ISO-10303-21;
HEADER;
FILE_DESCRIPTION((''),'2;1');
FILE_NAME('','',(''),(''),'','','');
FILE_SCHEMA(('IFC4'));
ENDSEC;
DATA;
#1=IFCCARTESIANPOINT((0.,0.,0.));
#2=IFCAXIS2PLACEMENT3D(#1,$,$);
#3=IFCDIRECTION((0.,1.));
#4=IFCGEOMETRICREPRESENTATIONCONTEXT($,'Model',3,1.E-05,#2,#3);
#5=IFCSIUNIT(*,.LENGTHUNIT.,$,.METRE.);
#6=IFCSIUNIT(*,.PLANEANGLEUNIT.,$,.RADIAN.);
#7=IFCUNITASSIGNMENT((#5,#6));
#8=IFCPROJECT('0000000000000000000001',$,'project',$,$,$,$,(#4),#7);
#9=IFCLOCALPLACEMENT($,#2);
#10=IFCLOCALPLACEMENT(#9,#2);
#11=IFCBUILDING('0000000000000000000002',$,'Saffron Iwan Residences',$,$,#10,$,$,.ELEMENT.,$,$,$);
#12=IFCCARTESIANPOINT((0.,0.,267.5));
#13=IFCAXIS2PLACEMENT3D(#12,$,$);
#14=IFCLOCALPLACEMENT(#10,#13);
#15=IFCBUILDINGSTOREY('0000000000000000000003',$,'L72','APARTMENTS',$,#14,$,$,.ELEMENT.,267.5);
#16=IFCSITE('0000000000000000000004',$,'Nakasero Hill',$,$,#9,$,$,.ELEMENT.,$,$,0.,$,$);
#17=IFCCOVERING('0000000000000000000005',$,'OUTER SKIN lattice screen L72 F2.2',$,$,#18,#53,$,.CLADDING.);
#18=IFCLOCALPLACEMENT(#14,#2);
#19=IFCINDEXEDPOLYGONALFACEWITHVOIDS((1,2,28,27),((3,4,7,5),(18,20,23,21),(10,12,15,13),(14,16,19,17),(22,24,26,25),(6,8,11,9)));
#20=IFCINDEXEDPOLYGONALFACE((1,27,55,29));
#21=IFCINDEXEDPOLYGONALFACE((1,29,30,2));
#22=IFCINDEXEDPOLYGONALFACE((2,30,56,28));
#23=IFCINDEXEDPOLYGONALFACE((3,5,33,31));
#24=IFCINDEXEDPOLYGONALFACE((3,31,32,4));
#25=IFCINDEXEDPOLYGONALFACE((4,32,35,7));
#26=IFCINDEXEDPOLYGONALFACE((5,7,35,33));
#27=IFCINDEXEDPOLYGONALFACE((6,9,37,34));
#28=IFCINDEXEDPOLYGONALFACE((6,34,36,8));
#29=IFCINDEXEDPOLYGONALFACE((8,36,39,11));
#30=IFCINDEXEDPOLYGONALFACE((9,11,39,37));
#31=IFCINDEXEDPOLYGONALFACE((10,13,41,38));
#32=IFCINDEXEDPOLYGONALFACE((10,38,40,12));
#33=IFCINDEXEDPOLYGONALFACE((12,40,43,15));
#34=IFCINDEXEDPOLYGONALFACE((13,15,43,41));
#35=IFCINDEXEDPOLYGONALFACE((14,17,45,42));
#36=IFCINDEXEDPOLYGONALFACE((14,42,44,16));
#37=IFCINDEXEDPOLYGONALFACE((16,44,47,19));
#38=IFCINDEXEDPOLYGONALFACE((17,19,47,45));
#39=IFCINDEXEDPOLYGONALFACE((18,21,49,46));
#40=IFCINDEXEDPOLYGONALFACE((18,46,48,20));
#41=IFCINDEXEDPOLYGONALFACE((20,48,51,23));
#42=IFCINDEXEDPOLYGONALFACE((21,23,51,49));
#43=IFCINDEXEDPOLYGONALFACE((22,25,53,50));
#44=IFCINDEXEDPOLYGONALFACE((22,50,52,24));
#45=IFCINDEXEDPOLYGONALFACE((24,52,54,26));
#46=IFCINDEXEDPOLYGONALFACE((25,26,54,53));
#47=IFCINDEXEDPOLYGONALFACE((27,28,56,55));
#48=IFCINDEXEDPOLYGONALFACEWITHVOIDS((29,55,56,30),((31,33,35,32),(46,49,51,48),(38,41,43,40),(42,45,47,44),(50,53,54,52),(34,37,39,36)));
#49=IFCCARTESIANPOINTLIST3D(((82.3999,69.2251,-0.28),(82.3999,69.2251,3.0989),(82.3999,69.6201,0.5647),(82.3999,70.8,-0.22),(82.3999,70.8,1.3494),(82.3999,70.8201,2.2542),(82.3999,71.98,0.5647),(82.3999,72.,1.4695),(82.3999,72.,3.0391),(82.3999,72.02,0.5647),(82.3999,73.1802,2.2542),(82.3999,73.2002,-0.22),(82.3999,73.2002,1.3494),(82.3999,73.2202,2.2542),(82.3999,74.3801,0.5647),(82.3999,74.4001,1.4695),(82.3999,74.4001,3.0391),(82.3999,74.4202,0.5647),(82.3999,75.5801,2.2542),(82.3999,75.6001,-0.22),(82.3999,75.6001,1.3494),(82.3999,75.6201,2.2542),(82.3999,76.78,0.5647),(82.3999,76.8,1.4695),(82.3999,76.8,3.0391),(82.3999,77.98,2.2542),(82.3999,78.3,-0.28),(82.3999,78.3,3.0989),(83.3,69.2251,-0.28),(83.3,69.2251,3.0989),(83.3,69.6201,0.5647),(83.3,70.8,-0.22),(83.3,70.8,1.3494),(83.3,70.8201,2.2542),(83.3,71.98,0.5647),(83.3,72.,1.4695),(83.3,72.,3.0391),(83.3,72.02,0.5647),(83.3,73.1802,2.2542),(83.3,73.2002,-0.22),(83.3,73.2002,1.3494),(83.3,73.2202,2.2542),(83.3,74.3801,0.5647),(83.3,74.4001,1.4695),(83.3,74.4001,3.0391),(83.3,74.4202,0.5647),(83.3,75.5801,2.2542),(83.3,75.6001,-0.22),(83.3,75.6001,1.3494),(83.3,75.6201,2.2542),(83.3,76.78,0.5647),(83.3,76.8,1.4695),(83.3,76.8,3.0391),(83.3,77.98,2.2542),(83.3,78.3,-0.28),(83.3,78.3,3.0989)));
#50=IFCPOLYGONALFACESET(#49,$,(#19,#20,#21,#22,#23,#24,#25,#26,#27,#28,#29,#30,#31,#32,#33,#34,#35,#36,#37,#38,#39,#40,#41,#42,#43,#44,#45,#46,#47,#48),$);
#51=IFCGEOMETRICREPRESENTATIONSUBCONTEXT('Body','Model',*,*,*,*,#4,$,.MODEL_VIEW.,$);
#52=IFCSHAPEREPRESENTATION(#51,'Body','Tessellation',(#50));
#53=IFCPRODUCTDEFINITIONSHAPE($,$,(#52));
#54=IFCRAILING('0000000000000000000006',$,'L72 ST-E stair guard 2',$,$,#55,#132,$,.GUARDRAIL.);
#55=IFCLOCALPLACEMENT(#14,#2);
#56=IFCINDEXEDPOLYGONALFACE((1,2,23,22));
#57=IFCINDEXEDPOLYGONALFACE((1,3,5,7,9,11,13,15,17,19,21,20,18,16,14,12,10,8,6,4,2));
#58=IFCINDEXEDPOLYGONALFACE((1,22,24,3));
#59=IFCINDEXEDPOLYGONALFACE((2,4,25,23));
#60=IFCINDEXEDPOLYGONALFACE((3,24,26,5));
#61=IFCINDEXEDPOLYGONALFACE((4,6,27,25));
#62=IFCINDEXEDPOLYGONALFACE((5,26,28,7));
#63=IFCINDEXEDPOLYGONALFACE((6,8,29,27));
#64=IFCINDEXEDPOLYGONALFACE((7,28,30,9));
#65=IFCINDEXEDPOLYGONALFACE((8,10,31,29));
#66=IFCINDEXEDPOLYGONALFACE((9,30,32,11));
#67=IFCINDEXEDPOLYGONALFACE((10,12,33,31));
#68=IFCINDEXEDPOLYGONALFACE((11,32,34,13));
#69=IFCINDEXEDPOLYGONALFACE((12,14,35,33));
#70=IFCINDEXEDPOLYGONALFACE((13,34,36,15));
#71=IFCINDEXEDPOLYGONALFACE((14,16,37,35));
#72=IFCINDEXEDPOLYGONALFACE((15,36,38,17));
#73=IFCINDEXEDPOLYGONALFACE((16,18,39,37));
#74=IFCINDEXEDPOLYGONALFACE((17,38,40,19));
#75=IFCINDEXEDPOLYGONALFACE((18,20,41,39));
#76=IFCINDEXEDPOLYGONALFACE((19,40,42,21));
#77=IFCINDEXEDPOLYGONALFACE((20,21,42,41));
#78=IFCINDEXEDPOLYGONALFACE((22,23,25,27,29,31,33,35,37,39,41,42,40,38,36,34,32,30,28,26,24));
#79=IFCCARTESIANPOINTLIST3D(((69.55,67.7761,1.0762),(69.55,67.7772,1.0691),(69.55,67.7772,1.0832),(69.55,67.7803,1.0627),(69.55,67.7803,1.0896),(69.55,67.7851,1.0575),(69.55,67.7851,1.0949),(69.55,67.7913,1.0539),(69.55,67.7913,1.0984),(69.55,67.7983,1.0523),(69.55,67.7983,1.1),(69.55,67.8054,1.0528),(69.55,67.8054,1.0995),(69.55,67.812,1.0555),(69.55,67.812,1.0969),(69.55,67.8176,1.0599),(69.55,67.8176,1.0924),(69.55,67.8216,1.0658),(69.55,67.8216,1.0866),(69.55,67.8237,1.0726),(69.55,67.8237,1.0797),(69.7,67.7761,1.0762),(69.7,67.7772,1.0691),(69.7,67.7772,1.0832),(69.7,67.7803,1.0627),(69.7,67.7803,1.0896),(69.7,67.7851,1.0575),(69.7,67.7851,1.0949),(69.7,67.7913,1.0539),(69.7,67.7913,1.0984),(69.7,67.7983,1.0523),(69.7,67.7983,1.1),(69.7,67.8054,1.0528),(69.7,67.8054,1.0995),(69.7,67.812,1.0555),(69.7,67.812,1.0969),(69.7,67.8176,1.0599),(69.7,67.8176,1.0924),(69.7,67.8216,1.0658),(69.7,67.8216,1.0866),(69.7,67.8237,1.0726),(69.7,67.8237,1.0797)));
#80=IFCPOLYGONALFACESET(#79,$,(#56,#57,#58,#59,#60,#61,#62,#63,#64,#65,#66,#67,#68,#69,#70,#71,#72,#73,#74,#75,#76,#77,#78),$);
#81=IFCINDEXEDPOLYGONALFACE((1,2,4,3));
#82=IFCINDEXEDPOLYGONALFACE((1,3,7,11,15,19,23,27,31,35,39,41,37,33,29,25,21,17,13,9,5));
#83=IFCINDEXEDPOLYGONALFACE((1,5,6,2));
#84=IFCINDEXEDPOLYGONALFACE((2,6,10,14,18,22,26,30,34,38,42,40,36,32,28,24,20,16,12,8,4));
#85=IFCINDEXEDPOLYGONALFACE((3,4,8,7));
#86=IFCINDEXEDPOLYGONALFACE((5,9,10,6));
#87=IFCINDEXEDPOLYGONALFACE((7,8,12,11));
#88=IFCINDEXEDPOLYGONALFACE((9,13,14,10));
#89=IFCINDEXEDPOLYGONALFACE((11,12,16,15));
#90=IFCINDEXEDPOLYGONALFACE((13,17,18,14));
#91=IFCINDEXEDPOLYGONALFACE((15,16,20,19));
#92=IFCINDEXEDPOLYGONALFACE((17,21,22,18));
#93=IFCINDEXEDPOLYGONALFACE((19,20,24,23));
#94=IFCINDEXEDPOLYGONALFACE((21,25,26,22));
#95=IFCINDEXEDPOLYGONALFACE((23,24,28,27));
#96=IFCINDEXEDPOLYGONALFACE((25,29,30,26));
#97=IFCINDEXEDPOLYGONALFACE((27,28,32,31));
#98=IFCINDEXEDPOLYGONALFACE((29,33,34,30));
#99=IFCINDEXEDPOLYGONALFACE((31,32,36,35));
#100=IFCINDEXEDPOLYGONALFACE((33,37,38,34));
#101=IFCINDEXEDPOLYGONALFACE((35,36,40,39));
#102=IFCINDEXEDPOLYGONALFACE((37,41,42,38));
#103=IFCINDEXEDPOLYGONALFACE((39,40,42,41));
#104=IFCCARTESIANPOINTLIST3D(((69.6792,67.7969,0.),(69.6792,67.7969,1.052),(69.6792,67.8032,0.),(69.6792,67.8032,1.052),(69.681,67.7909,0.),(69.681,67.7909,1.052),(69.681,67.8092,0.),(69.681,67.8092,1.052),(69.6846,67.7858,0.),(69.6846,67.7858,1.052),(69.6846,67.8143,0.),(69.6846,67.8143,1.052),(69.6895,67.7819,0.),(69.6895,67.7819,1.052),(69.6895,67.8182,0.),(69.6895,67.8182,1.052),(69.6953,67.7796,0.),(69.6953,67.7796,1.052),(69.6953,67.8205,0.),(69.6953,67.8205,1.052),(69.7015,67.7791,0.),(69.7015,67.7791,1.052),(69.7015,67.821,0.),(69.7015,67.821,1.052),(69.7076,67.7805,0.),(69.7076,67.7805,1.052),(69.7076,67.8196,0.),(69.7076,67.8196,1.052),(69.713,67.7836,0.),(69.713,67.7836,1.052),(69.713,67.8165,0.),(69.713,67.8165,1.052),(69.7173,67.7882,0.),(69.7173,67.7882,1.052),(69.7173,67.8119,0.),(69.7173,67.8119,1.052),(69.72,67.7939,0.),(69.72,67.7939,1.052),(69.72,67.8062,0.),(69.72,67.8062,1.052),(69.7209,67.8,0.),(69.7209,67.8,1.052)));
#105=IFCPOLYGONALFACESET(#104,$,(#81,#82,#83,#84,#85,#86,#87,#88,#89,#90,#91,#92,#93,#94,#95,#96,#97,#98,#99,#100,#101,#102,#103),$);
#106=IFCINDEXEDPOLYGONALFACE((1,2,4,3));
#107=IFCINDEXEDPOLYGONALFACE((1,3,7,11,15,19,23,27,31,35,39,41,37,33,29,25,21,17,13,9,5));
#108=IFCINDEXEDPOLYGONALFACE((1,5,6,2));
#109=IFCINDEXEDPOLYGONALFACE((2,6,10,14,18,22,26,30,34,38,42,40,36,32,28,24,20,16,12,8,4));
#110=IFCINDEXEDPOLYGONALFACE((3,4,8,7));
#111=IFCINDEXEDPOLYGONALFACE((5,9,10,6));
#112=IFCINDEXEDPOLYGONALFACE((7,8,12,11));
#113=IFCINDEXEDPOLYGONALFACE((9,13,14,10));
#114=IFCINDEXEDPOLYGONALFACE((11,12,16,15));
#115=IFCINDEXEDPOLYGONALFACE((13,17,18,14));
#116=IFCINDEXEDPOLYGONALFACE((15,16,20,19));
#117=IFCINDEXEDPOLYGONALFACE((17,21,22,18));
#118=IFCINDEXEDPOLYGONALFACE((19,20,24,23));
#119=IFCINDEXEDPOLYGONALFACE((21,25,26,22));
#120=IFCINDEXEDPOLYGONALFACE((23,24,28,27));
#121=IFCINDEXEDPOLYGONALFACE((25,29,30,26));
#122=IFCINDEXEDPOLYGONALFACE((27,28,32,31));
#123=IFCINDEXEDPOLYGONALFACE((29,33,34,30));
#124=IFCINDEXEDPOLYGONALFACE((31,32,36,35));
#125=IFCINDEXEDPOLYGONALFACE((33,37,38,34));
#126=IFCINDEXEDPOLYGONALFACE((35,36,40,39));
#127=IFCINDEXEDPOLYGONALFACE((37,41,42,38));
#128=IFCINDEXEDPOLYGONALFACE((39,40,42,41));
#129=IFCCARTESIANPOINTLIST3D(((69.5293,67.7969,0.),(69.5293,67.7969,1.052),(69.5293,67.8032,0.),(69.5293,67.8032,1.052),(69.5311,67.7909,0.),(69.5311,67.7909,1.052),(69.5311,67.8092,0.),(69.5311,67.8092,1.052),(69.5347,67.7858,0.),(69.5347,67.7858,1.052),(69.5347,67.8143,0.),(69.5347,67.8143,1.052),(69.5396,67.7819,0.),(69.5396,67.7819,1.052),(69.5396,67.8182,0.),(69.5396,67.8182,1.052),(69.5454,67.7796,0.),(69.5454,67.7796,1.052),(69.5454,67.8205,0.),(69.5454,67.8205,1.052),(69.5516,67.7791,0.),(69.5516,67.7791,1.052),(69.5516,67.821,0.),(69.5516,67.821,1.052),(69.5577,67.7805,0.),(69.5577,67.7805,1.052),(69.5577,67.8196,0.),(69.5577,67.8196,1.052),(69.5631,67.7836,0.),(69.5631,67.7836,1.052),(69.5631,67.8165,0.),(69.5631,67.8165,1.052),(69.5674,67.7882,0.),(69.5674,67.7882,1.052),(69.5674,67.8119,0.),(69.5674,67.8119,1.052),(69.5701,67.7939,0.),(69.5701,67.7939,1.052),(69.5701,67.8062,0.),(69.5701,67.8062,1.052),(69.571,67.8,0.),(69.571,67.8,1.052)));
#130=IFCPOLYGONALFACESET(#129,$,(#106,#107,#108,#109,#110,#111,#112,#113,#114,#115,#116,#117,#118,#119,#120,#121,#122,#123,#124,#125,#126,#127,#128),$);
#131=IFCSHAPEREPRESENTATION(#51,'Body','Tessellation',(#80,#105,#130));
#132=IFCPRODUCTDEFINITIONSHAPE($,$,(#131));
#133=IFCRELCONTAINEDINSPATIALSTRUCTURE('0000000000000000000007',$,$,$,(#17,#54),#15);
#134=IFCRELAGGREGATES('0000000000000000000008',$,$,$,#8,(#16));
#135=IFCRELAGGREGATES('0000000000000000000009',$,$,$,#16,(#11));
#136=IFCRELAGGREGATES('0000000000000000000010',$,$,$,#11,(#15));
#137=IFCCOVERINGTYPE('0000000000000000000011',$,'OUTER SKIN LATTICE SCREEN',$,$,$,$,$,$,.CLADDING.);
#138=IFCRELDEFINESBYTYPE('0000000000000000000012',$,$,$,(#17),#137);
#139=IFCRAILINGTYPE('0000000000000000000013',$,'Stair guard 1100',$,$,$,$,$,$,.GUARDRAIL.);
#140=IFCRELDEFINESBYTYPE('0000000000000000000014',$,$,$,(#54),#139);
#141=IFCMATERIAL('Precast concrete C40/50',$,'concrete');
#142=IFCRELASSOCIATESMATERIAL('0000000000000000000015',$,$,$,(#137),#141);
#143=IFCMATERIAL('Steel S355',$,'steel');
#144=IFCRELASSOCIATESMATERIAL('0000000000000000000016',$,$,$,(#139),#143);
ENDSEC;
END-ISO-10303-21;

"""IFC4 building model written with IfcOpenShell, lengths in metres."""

from ifc_helpers import new_model, si_unit, direction, frame, origin, origin_2d, place, context, subcontext, project, spatial, polyline, circle, outline, extrude, material, type_object, element, save


model = new_model("IFC4")

# Units and contexts
model_context = context("Model", 3, precision=1e-05, world=origin(), true_north=direction((0.0, 1.0)))
body_context = subcontext(model_context, "Body", "Model", "MODEL_VIEW")
ifc_project = project(units=[si_unit("LENGTHUNIT", "METRE"), si_unit("PLANEANGLEUNIT", "RADIAN")], contexts=[model_context])

# Site, building, storey
site_placement = place(None, origin())
site = spatial("IfcSite", under=ifc_project, at=site_placement, Name="Nakasero Hill", CompositionType="ELEMENT", RefElevation=0.0)
building_placement = place(site_placement, origin())
building = spatial("IfcBuilding", under=site, at=building_placement, Name="Saffron Iwan Residences", CompositionType="ELEMENT")
storey_placement = place(building_placement, frame((0.0, 0.0, 267.5)))
storey = spatial("IfcBuildingStorey", under=building, at=storey_placement, Name="L72", Description="APARTMENTS", CompositionType="ELEMENT", Elevation=267.5)

# Covering
ifc_material_1 = material(Name="Precast concrete C40/50", Category="concrete")
covering_type = type_object("IfcCoveringType", Name="OUTER SKIN LATTICE SCREEN", PredefinedType="CLADDING", material=ifc_material_1)
covering_placement = place(storey_placement, frame((82.3999, 69.2251, -0.28), z_axis=(1.0, 0.0, 0.0), x_axis=(0.0, 1.0, 0.0)))
element("IfcCovering", 1, at=covering_placement, inside=storey, type_object=covering_type, Name="OUTER SKIN lattice screen L72 F2.2", PredefinedType="CLADDING", context=body_context, shape_type="SweptSolid", body=[
    extrude(outline(polyline([(0.0, 0.0), (9.075, 0.0), (9.075, 3.3789), (0.0, 3.3789), (0.0, 0.0)]), holes=[polyline([(0.395, 0.8447), (1.575, 0.0601), (2.7549, 0.8447), (1.575, 1.6294), (0.395, 0.8447)]), polyline([(2.7949, 0.8447), (3.9751, 0.0601), (5.155, 0.8447), (3.9751, 1.6294), (2.7949, 0.8447)]), polyline([(5.1951, 0.8447), (6.375, 0.0601), (7.5549, 0.8447), (6.375, 1.6294), (5.1951, 0.8447)]), polyline([(1.595, 2.5342), (2.7749, 1.7495), (3.9551, 2.5342), (2.7749, 3.3191), (1.595, 2.5342)]), polyline([(3.9951, 2.5342), (5.175, 1.7495), (6.355, 2.5342), (5.175, 3.3191), (3.9951, 2.5342)]), polyline([(6.395, 2.5342), (7.575, 1.7495), (8.7549, 2.5342), (7.575, 3.3191), (6.395, 2.5342)])]), origin(), (0.0, 0.0, 1.0), 0.9001),
])

# Railing
ifc_material_2 = material(Name="Steel S355", Category="steel")
railing_type_1 = type_object("IfcRailingType", Name="Stair guard 1100", PredefinedType="GUARDRAIL", material=ifc_material_2)
railing_1_placement = place(storey_placement, frame((69.7, 67.8, 0.0)))
element("IfcRailing", 2, at=railing_1_placement, inside=storey, type_object=railing_type_1, Name="L72 ST-E stair guard 2", PredefinedType="GUARDRAIL", context=body_context, shape_type="SweptSolid", body=[
    extrude(circle(Radius=0.0239, at=origin_2d()), frame((0.0, 0.0, 1.0762), z_axis=(-1.0, 0.0, 0.0), x_axis=(0.0, -1.0, 0.0)), (0.0, 0.0, 1.0), 0.1499),
    extrude(circle(Radius=0.021, at=origin_2d()), origin(), (0.0, 0.0, 1.0), 1.052),
    extrude(circle(Radius=0.021, at=origin_2d()), frame((-0.1499, 0.0, 0.0)), (0.0, 0.0, 1.0), 1.052),
])

save(model, "model.ifc")
